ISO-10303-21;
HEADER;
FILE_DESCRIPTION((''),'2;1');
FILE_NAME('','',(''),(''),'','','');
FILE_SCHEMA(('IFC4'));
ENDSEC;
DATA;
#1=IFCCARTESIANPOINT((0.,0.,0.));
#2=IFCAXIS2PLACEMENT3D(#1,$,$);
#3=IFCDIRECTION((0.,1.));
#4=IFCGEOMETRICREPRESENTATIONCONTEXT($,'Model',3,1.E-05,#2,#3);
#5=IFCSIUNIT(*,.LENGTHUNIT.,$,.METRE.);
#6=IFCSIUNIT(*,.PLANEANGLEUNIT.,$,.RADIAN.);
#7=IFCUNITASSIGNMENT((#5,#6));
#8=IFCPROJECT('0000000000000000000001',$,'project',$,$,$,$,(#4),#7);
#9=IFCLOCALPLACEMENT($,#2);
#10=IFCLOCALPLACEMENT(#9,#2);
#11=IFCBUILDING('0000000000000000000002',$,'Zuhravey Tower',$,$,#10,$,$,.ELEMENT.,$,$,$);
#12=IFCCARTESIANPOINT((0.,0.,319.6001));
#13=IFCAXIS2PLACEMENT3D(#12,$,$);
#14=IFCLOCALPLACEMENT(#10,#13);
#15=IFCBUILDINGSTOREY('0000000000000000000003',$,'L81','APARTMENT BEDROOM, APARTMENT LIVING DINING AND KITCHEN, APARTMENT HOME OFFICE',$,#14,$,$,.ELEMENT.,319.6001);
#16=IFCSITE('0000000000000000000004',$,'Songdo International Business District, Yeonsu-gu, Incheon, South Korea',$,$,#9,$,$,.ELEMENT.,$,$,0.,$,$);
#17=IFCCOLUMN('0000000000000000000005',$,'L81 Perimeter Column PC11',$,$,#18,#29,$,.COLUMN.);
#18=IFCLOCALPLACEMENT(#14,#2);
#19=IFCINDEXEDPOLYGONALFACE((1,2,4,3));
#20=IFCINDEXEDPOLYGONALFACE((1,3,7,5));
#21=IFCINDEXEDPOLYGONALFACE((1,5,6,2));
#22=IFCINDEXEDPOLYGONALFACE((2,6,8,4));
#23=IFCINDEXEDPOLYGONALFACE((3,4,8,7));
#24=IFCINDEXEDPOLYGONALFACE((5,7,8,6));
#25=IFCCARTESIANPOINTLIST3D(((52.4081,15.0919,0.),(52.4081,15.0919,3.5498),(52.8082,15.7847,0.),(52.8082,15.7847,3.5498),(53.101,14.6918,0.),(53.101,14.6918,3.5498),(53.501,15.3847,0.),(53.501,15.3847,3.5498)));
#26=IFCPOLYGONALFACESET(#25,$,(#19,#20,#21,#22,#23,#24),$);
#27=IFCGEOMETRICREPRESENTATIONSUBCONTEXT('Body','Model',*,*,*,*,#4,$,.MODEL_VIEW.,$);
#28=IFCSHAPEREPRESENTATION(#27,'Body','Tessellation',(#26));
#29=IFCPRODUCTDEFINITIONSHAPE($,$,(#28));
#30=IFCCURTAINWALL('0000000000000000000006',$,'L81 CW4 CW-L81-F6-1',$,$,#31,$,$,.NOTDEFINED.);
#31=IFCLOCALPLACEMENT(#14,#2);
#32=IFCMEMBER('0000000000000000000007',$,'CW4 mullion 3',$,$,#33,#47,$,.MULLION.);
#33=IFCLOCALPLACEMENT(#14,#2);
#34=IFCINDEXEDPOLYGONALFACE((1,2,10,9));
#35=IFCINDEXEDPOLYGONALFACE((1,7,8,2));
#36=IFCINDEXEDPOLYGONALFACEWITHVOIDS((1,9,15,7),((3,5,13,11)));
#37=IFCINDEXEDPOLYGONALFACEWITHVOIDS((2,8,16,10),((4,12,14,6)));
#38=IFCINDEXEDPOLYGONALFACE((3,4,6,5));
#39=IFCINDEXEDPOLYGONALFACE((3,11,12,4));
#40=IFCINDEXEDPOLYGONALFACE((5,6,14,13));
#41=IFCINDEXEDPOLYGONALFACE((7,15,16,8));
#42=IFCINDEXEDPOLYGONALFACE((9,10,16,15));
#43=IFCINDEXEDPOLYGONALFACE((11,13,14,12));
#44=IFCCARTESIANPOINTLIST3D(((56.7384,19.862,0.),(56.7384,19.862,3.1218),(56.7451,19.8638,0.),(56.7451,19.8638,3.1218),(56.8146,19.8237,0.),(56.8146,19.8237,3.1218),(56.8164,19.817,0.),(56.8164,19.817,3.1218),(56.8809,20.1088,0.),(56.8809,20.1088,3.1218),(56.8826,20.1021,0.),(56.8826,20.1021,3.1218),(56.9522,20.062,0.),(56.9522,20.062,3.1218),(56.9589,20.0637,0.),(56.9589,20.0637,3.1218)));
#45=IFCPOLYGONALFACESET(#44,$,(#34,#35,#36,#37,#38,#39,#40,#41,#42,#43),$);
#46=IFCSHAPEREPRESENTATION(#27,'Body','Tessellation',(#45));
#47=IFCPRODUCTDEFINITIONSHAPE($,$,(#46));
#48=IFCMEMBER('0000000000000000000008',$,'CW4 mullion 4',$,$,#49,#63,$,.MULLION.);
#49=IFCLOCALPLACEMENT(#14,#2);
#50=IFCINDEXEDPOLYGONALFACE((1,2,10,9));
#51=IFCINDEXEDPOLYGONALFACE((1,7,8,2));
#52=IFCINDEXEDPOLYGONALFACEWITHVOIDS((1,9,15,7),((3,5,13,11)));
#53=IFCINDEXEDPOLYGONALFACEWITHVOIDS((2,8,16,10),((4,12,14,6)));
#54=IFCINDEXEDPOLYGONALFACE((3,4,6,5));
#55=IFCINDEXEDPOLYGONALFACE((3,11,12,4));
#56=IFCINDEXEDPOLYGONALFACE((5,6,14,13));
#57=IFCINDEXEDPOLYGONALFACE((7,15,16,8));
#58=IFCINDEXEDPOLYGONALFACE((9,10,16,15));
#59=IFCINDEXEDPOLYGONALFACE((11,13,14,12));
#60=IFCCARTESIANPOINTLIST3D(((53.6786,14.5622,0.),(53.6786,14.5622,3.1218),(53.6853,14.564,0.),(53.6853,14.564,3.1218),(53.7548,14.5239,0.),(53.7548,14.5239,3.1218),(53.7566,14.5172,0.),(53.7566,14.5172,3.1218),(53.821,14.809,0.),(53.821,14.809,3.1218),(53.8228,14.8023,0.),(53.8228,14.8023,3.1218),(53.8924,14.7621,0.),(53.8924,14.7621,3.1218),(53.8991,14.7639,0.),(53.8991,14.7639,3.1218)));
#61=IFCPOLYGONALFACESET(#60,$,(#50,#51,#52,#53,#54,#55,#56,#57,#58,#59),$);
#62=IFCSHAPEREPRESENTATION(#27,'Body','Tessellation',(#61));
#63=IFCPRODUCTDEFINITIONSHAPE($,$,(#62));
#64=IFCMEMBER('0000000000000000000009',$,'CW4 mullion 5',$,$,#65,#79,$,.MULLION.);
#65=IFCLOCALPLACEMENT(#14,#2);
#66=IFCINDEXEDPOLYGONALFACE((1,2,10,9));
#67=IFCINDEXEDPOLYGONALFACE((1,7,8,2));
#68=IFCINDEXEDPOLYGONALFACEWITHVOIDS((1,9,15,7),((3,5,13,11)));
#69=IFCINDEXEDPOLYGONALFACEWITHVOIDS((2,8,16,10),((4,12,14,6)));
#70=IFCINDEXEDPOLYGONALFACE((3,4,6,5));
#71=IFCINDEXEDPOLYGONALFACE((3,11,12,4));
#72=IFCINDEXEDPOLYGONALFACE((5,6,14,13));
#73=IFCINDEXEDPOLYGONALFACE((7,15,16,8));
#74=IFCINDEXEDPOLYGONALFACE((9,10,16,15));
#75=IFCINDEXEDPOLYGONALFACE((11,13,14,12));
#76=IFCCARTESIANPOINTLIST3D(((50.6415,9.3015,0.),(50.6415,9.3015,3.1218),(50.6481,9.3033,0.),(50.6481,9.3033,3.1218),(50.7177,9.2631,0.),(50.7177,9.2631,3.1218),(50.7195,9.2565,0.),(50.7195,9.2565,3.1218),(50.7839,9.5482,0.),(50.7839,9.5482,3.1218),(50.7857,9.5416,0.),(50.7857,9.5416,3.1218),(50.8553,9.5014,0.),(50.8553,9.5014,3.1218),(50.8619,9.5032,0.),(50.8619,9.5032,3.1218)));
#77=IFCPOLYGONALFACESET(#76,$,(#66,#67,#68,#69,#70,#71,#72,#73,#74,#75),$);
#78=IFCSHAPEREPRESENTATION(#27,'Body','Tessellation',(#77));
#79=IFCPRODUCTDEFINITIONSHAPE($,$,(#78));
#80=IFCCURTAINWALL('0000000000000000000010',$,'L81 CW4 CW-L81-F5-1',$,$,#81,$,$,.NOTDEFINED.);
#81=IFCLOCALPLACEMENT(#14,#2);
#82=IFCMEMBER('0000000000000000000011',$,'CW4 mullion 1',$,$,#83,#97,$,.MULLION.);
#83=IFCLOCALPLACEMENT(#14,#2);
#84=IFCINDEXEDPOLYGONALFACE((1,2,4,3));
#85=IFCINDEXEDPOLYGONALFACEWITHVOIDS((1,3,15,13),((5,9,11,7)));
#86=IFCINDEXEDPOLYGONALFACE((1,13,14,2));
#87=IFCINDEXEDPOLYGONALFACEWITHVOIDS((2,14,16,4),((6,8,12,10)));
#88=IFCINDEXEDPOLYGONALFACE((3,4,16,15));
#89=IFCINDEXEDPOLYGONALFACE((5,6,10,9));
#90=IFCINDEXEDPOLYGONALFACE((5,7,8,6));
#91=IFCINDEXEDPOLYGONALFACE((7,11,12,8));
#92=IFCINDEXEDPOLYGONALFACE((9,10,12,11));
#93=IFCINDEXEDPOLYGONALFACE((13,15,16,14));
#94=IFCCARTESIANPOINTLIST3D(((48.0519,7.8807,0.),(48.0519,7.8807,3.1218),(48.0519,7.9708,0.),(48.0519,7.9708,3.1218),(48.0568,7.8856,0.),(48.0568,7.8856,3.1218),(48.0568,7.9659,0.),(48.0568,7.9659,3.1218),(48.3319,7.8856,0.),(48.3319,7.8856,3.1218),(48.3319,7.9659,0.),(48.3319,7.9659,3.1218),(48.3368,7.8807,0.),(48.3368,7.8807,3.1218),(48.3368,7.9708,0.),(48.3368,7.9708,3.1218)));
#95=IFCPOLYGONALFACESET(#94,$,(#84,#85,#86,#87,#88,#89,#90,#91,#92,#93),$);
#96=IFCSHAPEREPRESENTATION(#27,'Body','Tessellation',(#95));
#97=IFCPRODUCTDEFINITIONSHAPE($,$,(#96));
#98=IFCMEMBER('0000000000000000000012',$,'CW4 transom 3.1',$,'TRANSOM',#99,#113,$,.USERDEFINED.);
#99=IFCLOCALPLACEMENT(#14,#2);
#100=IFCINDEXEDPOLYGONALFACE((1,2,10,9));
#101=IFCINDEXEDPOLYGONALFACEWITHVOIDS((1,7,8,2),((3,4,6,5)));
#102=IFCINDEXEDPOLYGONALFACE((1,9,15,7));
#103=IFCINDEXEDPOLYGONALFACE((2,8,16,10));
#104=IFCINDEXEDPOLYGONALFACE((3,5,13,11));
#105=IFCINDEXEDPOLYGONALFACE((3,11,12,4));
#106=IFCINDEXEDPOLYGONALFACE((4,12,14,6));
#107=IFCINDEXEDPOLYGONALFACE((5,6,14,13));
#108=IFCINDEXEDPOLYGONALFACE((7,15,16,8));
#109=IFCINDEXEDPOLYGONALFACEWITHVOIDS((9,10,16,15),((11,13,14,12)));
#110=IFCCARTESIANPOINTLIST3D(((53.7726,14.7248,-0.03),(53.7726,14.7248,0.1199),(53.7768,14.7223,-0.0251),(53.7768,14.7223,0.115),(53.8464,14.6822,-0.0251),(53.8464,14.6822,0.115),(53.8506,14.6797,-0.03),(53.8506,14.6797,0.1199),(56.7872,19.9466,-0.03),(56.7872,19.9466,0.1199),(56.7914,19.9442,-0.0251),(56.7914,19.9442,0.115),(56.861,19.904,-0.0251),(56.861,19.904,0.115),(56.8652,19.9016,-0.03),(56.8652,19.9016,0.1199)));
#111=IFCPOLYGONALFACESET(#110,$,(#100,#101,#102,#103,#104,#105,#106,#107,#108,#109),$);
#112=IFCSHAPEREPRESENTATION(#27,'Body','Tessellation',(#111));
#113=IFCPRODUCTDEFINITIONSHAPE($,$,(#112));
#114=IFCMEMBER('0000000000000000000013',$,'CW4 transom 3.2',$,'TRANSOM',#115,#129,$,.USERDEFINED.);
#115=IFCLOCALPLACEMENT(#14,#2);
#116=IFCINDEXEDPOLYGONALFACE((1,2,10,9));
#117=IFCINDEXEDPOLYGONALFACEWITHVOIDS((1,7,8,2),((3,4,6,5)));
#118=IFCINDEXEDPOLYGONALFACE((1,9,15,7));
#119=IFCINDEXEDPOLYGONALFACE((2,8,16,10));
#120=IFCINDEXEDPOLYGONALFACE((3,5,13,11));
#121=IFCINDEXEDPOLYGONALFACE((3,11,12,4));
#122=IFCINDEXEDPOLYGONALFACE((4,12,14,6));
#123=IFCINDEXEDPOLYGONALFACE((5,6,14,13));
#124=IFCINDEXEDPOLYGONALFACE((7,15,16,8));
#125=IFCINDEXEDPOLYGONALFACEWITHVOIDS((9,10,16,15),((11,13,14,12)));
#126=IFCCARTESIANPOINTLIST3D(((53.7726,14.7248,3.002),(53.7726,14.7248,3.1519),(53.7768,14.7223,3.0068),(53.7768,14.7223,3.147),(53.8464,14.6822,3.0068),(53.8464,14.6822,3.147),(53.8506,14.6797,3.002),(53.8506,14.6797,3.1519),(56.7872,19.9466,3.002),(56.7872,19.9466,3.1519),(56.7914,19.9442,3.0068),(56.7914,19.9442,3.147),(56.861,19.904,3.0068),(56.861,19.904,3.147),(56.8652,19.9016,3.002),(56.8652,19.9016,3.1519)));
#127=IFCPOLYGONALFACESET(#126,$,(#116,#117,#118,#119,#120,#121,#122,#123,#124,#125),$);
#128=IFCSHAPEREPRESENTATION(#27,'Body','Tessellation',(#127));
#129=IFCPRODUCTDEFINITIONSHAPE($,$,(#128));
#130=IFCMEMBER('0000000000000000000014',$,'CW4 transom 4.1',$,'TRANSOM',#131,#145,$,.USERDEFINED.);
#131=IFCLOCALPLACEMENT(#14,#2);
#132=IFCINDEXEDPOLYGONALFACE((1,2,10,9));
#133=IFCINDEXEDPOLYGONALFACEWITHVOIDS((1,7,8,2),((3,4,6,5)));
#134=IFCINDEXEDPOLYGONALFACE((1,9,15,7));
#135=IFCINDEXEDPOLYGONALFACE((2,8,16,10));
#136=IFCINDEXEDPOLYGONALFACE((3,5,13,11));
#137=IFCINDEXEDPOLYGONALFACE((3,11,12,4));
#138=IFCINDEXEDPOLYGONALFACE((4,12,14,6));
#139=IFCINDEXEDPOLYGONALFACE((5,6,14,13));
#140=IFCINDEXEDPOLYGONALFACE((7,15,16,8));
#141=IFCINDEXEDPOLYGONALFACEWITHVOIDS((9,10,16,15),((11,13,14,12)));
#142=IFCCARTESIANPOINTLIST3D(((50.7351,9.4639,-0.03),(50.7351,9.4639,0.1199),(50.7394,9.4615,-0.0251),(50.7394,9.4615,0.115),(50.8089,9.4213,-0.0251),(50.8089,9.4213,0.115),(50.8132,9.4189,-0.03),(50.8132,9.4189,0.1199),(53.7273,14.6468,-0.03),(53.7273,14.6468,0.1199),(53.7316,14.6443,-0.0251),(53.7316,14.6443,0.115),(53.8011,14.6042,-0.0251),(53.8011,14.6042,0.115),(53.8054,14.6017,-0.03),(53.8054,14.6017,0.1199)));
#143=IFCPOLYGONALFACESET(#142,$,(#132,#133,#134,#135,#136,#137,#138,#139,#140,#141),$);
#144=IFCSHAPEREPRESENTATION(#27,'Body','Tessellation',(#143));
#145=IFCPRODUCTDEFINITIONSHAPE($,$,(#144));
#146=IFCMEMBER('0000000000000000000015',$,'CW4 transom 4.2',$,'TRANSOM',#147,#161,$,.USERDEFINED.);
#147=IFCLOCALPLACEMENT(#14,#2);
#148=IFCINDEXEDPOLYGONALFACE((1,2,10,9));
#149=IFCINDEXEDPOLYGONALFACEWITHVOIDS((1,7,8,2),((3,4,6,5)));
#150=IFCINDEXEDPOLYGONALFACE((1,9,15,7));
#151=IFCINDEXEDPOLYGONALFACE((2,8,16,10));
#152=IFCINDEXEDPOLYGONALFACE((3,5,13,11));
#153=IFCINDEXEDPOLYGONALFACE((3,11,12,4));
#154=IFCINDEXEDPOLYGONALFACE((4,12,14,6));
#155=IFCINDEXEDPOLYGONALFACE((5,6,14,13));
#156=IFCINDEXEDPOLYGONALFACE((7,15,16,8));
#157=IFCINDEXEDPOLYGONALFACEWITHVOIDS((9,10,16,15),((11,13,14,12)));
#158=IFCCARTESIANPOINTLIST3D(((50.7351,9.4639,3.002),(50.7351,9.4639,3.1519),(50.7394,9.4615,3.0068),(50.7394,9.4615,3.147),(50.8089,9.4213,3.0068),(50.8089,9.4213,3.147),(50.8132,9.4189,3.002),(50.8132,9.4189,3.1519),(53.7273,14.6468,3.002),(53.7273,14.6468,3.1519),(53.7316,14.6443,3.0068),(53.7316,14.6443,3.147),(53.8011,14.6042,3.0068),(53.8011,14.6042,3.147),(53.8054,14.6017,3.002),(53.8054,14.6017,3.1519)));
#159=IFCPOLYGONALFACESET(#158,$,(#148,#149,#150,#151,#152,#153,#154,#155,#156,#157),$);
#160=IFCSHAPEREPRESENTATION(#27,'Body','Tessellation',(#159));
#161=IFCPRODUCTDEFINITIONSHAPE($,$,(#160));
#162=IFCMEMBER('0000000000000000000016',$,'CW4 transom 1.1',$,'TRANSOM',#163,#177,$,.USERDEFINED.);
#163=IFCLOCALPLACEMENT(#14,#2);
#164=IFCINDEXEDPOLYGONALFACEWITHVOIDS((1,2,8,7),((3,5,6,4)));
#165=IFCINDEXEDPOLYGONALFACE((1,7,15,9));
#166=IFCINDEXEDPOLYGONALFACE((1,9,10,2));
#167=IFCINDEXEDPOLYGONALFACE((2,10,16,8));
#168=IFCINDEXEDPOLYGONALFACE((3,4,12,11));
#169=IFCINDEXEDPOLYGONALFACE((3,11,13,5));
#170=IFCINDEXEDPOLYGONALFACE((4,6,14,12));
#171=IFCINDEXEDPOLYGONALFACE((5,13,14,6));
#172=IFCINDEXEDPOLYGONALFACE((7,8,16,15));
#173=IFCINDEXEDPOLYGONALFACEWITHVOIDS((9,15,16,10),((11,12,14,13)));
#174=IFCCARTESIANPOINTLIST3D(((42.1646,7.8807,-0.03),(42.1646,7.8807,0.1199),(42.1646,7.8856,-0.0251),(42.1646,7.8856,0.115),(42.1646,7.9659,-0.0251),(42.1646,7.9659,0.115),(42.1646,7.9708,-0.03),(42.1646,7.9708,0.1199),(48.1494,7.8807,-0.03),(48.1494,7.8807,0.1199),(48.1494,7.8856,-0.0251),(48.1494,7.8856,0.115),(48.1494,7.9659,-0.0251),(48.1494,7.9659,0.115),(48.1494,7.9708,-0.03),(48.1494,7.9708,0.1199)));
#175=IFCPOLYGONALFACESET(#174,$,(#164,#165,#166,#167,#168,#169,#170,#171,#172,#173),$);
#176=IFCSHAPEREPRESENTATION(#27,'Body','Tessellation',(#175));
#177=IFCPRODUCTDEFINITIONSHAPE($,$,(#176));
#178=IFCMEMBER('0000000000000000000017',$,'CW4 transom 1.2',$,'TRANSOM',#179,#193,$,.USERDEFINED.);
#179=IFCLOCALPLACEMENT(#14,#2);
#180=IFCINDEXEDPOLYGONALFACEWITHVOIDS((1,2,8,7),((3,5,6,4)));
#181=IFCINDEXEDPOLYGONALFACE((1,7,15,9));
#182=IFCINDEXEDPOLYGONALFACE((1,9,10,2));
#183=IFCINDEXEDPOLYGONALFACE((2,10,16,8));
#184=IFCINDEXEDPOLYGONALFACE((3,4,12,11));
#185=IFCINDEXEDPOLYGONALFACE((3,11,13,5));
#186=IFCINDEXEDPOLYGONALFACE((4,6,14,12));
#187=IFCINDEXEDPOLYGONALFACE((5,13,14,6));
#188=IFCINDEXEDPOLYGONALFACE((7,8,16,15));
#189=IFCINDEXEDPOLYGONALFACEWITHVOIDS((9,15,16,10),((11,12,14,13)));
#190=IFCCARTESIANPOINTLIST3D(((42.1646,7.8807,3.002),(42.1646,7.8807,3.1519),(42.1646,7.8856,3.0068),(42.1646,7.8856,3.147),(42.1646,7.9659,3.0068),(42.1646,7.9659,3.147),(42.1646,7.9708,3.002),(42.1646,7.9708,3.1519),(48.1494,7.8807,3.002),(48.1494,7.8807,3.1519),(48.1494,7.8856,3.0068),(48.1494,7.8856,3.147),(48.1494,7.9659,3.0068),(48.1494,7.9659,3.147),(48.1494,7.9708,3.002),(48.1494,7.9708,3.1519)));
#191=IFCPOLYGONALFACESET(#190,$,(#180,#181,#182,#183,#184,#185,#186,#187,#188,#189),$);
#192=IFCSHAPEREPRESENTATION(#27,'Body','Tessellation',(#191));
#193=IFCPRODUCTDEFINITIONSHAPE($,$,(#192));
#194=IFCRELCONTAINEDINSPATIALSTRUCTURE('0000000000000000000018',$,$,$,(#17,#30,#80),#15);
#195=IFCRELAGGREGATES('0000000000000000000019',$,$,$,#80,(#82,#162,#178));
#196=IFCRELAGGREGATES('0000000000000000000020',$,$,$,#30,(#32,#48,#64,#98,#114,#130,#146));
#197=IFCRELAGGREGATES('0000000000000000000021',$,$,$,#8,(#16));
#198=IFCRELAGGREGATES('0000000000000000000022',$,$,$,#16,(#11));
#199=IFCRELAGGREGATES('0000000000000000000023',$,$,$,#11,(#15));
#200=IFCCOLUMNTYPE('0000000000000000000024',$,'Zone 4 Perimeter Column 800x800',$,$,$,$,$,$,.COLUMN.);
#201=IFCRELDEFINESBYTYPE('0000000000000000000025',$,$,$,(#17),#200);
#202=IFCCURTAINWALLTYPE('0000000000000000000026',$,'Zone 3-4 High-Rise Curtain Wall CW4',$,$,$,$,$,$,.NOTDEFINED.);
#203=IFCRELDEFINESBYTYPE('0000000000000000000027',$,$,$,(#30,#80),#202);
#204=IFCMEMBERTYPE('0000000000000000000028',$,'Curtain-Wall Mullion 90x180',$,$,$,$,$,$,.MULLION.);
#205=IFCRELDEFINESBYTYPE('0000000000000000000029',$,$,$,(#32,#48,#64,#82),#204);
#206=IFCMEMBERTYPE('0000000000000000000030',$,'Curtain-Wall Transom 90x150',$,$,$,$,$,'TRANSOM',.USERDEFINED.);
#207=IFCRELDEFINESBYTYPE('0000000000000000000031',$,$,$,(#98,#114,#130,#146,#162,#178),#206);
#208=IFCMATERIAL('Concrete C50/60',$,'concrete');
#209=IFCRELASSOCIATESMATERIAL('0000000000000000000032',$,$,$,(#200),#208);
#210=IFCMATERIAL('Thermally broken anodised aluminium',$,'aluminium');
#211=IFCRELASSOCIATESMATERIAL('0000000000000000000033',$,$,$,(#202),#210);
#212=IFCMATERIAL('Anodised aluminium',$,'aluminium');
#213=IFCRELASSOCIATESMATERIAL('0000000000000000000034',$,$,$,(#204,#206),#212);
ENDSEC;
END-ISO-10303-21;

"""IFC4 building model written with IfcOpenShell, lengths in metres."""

from ifc_helpers import new_model, si_unit, direction, frame, origin, origin_2d, place, context, subcontext, project, spatial, rectangle, hollow_rectangle, extrude, material, material_profile, profile_set, type_object, element, aggregate, save


model = new_model("IFC4")

# Units and contexts
model_context = context("Model", 3, precision=1e-05, world=origin(), true_north=direction((0.0, 1.0)))
body_context = subcontext(model_context, "Body", "Model", "MODEL_VIEW")
ifc_project = project(units=[si_unit("LENGTHUNIT", "METRE"), si_unit("PLANEANGLEUNIT", "RADIAN")], contexts=[model_context])

# Site, building, storey
site_placement = place(None, origin())
site = spatial("IfcSite", under=ifc_project, at=site_placement, Name="Songdo International Business District, Yeonsu-gu, Incheon, South Korea", CompositionType="ELEMENT", RefElevation=0.0)
building_placement = place(site_placement, origin())
building = spatial("IfcBuilding", under=site, at=building_placement, Name="Zuhravey Tower", CompositionType="ELEMENT")
storey_placement = place(building_placement, frame((0.0, 0.0, 319.6001)))
storey = spatial("IfcBuildingStorey", under=building, at=storey_placement, Name="L81", Description="APARTMENT BEDROOM, APARTMENT LIVING DINING AND KITCHEN, APARTMENT HOME OFFICE", CompositionType="ELEMENT", Elevation=319.6001)

# Column
ifc_material_1 = material(Name="Concrete C50/60", Category="concrete")
ifc_material_profile_1 = material_profile(ifc_material_1, rectangle(XDim=0.8, YDim=0.8, at=origin_2d()), Name="RC-800x800")
ifc_profile_set_1 = profile_set([ifc_material_profile_1], Name="Concrete C50/60")
column_type = type_object("IfcColumnType", Name="Zone 4 Perimeter Column 800x800", PredefinedType="COLUMN", material=ifc_profile_set_1)
column_placement = place(storey_placement, frame((52.9546, 15.2383, 0.0), z_axis=(0.0, 0.0, 1.0), x_axis=(0.5, 0.866025, 0.0)))
element("IfcColumn", 1, at=column_placement, inside=storey, type_object=column_type, Name="L81 Perimeter Column PC11", PredefinedType="COLUMN", context=body_context, shape_type="SweptSolid", body=[
    extrude(rectangle(XDim=0.8, YDim=0.8, at=origin_2d()), origin(), (0.0, 0.0, 1.0), 3.5498),
])

# Curtain wall, members
ifc_material_2 = material(Name="Thermally broken anodised aluminium", Category="aluminium")
curtain_wall_type = type_object("IfcCurtainWallType", Name="Zone 3-4 High-Rise Curtain Wall CW4", PredefinedType="NOTDEFINED", material=ifc_material_2)
curtain_wall_1_placement = place(storey_placement, origin())
curtain_wall_1 = element("IfcCurtainWall", 2, at=curtain_wall_1_placement, inside=storey, type_object=curtain_wall_type, Name="L81 CW4 CW-L81-F6-1", PredefinedType="NOTDEFINED")
ifc_material_3 = material(Name="Anodised aluminium", Category="aluminium")
ifc_material_profile_2 = material_profile(ifc_material_3, hollow_rectangle(XDim=0.0901, YDim=0.2849, WallThickness=0.0049, at=origin_2d()), Name="ALU-RHS-90x285x5")
ifc_profile_set_2 = profile_set([ifc_material_profile_2], Name="Anodised aluminium")
member_type_1 = type_object("IfcMemberType", Name="Curtain-Wall Mullion 90x180", PredefinedType="MULLION", material=ifc_profile_set_2)
member_1_placement = place(storey_placement, frame((56.8486, 19.9629, 0.0), z_axis=(0.0, 0.0, 1.0), x_axis=(0.866026, -0.5, 0.0)))
member_1 = element("IfcMember", 3, at=member_1_placement, type_object=member_type_1, Name="CW4 mullion 3", PredefinedType="MULLION", context=body_context, shape_type="SweptSolid", body=[
    extrude(hollow_rectangle(XDim=0.0901, YDim=0.2849, WallThickness=0.0049, at=origin_2d()), origin(), (0.0, 0.0, 1.0), 3.1218),
])
member_2_placement = place(storey_placement, frame((53.7888, 14.6631, 0.0), z_axis=(0.0, 0.0, 1.0), x_axis=(0.866026, -0.5, 0.0)))
member_2 = element("IfcMember", 4, at=member_2_placement, type_object=member_type_1, Name="CW4 mullion 4", PredefinedType="MULLION", context=body_context, shape_type="SweptSolid", body=[
    extrude(hollow_rectangle(XDim=0.0901, YDim=0.2849, WallThickness=0.0049, at=origin_2d()), origin(), (0.0, 0.0, 1.0), 3.1218),
])
member_3_placement = place(storey_placement, frame((50.7517, 9.4023, 0.0), z_axis=(0.0, 0.0, 1.0), x_axis=(0.866026, -0.5, 0.0)))
member_3 = element("IfcMember", 5, at=member_3_placement, type_object=member_type_1, Name="CW4 mullion 5", PredefinedType="MULLION", context=body_context, shape_type="SweptSolid", body=[
    extrude(hollow_rectangle(XDim=0.0901, YDim=0.2849, WallThickness=0.0049, at=origin_2d()), origin(), (0.0, 0.0, 1.0), 3.1218),
])

# Curtain wall, member
curtain_wall_2_placement = place(storey_placement, origin())
curtain_wall_2 = element("IfcCurtainWall", 6, at=curtain_wall_2_placement, inside=storey, type_object=curtain_wall_type, Name="L81 CW4 CW-L81-F5-1", PredefinedType="NOTDEFINED")
member_4_placement = place(storey_placement, frame((48.1943, 7.9258, 0.0), z_axis=(0.0, 0.0, 1.0), x_axis=(0.0, -1.0, 0.0)))
member_4 = element("IfcMember", 7, at=member_4_placement, type_object=member_type_1, Name="CW4 mullion 1", PredefinedType="MULLION", context=body_context, shape_type="SweptSolid", body=[
    extrude(hollow_rectangle(XDim=0.0901, YDim=0.2849, WallThickness=0.0049, at=origin_2d()), origin(), (0.0, 0.0, 1.0), 3.1218),
])

# Members
ifc_material_profile_3 = material_profile(ifc_material_3, hollow_rectangle(XDim=0.0901, YDim=0.1499, WallThickness=0.0049, at=origin_2d()), Name="ALU-RHS-90x150x5")
ifc_profile_set_3 = profile_set([ifc_material_profile_3], Name="Anodised aluminium")
member_type_2 = type_object("IfcMemberType", Name="Curtain-Wall Transom 90x150", ElementType="TRANSOM", PredefinedType="USERDEFINED", material=ifc_profile_set_3)
member_5_placement = place(storey_placement, frame((56.8262, 19.9241, 0.0449), z_axis=(-0.499971, -0.866042, 0.0), x_axis=(0.866042, -0.499971, 0.0)))
member_5 = element("IfcMember", 8, at=member_5_placement, type_object=member_type_2, Name="CW4 transom 3.1", ObjectType="TRANSOM", PredefinedType="USERDEFINED", context=body_context, shape_type="SweptSolid", body=[
    extrude(hollow_rectangle(XDim=0.0901, YDim=0.1499, WallThickness=0.0049, at=origin_2d()), origin(), (0.0, 0.0, 1.0), 6.0295),
])
member_6_placement = place(storey_placement, frame((56.8262, 19.9241, 3.0769), z_axis=(-0.499971, -0.866042, 0.0), x_axis=(0.866042, -0.499971, 0.0)))
member_6 = element("IfcMember", 9, at=member_6_placement, type_object=member_type_2, Name="CW4 transom 3.2", ObjectType="TRANSOM", PredefinedType="USERDEFINED", context=body_context, shape_type="SweptSolid", body=[
    extrude(hollow_rectangle(XDim=0.0901, YDim=0.1499, WallThickness=0.0049, at=origin_2d()), origin(), (0.0, 0.0, 1.0), 6.0295),
])
member_7_placement = place(storey_placement, frame((53.7664, 14.6243, 0.0449), z_axis=(-0.499983, -0.866035, 0.0), x_axis=(0.866035, -0.499983, 0.0)))
member_7 = element("IfcMember", 10, at=member_7_placement, type_object=member_type_2, Name="CW4 transom 4.1", ObjectType="TRANSOM", PredefinedType="USERDEFINED", context=body_context, shape_type="SweptSolid", body=[
    extrude(hollow_rectangle(XDim=0.0901, YDim=0.1499, WallThickness=0.0049, at=origin_2d()), origin(), (0.0, 0.0, 1.0), 5.9846),
])
member_8_placement = place(storey_placement, frame((53.7664, 14.6243, 3.0769), z_axis=(-0.499983, -0.866035, 0.0), x_axis=(0.866035, -0.499983, 0.0)))
member_8 = element("IfcMember", 11, at=member_8_placement, type_object=member_type_2, Name="CW4 transom 4.2", ObjectType="TRANSOM", PredefinedType="USERDEFINED", context=body_context, shape_type="SweptSolid", body=[
    extrude(hollow_rectangle(XDim=0.0901, YDim=0.1499, WallThickness=0.0049, at=origin_2d()), origin(), (0.0, 0.0, 1.0), 5.9846),
])
member_9_placement = place(storey_placement, frame((48.1494, 7.9258, 0.0449), z_axis=(-1.0, 0.0, 0.0), x_axis=(0.0, -1.0, 0.0)))
member_9 = element("IfcMember", 12, at=member_9_placement, type_object=member_type_2, Name="CW4 transom 1.1", ObjectType="TRANSOM", PredefinedType="USERDEFINED", context=body_context, shape_type="SweptSolid", body=[
    extrude(hollow_rectangle(XDim=0.0901, YDim=0.1499, WallThickness=0.0049, at=origin_2d()), origin(), (0.0, 0.0, 1.0), 5.9849),
])
member_10_placement = place(storey_placement, frame((48.1494, 7.9258, 3.0769), z_axis=(-1.0, 0.0, 0.0), x_axis=(0.0, -1.0, 0.0)))
member_10 = element("IfcMember", 13, at=member_10_placement, type_object=member_type_2, Name="CW4 transom 1.2", ObjectType="TRANSOM", PredefinedType="USERDEFINED", context=body_context, shape_type="SweptSolid", body=[
    extrude(hollow_rectangle(XDim=0.0901, YDim=0.1499, WallThickness=0.0049, at=origin_2d()), origin(), (0.0, 0.0, 1.0), 5.9849),
])
aggregate(curtain_wall_2, [member_4, member_9, member_10])

aggregate(curtain_wall_1, [member_1, member_2, member_3, member_5, member_6, member_7, member_8])

save(model, "model.ifc")
